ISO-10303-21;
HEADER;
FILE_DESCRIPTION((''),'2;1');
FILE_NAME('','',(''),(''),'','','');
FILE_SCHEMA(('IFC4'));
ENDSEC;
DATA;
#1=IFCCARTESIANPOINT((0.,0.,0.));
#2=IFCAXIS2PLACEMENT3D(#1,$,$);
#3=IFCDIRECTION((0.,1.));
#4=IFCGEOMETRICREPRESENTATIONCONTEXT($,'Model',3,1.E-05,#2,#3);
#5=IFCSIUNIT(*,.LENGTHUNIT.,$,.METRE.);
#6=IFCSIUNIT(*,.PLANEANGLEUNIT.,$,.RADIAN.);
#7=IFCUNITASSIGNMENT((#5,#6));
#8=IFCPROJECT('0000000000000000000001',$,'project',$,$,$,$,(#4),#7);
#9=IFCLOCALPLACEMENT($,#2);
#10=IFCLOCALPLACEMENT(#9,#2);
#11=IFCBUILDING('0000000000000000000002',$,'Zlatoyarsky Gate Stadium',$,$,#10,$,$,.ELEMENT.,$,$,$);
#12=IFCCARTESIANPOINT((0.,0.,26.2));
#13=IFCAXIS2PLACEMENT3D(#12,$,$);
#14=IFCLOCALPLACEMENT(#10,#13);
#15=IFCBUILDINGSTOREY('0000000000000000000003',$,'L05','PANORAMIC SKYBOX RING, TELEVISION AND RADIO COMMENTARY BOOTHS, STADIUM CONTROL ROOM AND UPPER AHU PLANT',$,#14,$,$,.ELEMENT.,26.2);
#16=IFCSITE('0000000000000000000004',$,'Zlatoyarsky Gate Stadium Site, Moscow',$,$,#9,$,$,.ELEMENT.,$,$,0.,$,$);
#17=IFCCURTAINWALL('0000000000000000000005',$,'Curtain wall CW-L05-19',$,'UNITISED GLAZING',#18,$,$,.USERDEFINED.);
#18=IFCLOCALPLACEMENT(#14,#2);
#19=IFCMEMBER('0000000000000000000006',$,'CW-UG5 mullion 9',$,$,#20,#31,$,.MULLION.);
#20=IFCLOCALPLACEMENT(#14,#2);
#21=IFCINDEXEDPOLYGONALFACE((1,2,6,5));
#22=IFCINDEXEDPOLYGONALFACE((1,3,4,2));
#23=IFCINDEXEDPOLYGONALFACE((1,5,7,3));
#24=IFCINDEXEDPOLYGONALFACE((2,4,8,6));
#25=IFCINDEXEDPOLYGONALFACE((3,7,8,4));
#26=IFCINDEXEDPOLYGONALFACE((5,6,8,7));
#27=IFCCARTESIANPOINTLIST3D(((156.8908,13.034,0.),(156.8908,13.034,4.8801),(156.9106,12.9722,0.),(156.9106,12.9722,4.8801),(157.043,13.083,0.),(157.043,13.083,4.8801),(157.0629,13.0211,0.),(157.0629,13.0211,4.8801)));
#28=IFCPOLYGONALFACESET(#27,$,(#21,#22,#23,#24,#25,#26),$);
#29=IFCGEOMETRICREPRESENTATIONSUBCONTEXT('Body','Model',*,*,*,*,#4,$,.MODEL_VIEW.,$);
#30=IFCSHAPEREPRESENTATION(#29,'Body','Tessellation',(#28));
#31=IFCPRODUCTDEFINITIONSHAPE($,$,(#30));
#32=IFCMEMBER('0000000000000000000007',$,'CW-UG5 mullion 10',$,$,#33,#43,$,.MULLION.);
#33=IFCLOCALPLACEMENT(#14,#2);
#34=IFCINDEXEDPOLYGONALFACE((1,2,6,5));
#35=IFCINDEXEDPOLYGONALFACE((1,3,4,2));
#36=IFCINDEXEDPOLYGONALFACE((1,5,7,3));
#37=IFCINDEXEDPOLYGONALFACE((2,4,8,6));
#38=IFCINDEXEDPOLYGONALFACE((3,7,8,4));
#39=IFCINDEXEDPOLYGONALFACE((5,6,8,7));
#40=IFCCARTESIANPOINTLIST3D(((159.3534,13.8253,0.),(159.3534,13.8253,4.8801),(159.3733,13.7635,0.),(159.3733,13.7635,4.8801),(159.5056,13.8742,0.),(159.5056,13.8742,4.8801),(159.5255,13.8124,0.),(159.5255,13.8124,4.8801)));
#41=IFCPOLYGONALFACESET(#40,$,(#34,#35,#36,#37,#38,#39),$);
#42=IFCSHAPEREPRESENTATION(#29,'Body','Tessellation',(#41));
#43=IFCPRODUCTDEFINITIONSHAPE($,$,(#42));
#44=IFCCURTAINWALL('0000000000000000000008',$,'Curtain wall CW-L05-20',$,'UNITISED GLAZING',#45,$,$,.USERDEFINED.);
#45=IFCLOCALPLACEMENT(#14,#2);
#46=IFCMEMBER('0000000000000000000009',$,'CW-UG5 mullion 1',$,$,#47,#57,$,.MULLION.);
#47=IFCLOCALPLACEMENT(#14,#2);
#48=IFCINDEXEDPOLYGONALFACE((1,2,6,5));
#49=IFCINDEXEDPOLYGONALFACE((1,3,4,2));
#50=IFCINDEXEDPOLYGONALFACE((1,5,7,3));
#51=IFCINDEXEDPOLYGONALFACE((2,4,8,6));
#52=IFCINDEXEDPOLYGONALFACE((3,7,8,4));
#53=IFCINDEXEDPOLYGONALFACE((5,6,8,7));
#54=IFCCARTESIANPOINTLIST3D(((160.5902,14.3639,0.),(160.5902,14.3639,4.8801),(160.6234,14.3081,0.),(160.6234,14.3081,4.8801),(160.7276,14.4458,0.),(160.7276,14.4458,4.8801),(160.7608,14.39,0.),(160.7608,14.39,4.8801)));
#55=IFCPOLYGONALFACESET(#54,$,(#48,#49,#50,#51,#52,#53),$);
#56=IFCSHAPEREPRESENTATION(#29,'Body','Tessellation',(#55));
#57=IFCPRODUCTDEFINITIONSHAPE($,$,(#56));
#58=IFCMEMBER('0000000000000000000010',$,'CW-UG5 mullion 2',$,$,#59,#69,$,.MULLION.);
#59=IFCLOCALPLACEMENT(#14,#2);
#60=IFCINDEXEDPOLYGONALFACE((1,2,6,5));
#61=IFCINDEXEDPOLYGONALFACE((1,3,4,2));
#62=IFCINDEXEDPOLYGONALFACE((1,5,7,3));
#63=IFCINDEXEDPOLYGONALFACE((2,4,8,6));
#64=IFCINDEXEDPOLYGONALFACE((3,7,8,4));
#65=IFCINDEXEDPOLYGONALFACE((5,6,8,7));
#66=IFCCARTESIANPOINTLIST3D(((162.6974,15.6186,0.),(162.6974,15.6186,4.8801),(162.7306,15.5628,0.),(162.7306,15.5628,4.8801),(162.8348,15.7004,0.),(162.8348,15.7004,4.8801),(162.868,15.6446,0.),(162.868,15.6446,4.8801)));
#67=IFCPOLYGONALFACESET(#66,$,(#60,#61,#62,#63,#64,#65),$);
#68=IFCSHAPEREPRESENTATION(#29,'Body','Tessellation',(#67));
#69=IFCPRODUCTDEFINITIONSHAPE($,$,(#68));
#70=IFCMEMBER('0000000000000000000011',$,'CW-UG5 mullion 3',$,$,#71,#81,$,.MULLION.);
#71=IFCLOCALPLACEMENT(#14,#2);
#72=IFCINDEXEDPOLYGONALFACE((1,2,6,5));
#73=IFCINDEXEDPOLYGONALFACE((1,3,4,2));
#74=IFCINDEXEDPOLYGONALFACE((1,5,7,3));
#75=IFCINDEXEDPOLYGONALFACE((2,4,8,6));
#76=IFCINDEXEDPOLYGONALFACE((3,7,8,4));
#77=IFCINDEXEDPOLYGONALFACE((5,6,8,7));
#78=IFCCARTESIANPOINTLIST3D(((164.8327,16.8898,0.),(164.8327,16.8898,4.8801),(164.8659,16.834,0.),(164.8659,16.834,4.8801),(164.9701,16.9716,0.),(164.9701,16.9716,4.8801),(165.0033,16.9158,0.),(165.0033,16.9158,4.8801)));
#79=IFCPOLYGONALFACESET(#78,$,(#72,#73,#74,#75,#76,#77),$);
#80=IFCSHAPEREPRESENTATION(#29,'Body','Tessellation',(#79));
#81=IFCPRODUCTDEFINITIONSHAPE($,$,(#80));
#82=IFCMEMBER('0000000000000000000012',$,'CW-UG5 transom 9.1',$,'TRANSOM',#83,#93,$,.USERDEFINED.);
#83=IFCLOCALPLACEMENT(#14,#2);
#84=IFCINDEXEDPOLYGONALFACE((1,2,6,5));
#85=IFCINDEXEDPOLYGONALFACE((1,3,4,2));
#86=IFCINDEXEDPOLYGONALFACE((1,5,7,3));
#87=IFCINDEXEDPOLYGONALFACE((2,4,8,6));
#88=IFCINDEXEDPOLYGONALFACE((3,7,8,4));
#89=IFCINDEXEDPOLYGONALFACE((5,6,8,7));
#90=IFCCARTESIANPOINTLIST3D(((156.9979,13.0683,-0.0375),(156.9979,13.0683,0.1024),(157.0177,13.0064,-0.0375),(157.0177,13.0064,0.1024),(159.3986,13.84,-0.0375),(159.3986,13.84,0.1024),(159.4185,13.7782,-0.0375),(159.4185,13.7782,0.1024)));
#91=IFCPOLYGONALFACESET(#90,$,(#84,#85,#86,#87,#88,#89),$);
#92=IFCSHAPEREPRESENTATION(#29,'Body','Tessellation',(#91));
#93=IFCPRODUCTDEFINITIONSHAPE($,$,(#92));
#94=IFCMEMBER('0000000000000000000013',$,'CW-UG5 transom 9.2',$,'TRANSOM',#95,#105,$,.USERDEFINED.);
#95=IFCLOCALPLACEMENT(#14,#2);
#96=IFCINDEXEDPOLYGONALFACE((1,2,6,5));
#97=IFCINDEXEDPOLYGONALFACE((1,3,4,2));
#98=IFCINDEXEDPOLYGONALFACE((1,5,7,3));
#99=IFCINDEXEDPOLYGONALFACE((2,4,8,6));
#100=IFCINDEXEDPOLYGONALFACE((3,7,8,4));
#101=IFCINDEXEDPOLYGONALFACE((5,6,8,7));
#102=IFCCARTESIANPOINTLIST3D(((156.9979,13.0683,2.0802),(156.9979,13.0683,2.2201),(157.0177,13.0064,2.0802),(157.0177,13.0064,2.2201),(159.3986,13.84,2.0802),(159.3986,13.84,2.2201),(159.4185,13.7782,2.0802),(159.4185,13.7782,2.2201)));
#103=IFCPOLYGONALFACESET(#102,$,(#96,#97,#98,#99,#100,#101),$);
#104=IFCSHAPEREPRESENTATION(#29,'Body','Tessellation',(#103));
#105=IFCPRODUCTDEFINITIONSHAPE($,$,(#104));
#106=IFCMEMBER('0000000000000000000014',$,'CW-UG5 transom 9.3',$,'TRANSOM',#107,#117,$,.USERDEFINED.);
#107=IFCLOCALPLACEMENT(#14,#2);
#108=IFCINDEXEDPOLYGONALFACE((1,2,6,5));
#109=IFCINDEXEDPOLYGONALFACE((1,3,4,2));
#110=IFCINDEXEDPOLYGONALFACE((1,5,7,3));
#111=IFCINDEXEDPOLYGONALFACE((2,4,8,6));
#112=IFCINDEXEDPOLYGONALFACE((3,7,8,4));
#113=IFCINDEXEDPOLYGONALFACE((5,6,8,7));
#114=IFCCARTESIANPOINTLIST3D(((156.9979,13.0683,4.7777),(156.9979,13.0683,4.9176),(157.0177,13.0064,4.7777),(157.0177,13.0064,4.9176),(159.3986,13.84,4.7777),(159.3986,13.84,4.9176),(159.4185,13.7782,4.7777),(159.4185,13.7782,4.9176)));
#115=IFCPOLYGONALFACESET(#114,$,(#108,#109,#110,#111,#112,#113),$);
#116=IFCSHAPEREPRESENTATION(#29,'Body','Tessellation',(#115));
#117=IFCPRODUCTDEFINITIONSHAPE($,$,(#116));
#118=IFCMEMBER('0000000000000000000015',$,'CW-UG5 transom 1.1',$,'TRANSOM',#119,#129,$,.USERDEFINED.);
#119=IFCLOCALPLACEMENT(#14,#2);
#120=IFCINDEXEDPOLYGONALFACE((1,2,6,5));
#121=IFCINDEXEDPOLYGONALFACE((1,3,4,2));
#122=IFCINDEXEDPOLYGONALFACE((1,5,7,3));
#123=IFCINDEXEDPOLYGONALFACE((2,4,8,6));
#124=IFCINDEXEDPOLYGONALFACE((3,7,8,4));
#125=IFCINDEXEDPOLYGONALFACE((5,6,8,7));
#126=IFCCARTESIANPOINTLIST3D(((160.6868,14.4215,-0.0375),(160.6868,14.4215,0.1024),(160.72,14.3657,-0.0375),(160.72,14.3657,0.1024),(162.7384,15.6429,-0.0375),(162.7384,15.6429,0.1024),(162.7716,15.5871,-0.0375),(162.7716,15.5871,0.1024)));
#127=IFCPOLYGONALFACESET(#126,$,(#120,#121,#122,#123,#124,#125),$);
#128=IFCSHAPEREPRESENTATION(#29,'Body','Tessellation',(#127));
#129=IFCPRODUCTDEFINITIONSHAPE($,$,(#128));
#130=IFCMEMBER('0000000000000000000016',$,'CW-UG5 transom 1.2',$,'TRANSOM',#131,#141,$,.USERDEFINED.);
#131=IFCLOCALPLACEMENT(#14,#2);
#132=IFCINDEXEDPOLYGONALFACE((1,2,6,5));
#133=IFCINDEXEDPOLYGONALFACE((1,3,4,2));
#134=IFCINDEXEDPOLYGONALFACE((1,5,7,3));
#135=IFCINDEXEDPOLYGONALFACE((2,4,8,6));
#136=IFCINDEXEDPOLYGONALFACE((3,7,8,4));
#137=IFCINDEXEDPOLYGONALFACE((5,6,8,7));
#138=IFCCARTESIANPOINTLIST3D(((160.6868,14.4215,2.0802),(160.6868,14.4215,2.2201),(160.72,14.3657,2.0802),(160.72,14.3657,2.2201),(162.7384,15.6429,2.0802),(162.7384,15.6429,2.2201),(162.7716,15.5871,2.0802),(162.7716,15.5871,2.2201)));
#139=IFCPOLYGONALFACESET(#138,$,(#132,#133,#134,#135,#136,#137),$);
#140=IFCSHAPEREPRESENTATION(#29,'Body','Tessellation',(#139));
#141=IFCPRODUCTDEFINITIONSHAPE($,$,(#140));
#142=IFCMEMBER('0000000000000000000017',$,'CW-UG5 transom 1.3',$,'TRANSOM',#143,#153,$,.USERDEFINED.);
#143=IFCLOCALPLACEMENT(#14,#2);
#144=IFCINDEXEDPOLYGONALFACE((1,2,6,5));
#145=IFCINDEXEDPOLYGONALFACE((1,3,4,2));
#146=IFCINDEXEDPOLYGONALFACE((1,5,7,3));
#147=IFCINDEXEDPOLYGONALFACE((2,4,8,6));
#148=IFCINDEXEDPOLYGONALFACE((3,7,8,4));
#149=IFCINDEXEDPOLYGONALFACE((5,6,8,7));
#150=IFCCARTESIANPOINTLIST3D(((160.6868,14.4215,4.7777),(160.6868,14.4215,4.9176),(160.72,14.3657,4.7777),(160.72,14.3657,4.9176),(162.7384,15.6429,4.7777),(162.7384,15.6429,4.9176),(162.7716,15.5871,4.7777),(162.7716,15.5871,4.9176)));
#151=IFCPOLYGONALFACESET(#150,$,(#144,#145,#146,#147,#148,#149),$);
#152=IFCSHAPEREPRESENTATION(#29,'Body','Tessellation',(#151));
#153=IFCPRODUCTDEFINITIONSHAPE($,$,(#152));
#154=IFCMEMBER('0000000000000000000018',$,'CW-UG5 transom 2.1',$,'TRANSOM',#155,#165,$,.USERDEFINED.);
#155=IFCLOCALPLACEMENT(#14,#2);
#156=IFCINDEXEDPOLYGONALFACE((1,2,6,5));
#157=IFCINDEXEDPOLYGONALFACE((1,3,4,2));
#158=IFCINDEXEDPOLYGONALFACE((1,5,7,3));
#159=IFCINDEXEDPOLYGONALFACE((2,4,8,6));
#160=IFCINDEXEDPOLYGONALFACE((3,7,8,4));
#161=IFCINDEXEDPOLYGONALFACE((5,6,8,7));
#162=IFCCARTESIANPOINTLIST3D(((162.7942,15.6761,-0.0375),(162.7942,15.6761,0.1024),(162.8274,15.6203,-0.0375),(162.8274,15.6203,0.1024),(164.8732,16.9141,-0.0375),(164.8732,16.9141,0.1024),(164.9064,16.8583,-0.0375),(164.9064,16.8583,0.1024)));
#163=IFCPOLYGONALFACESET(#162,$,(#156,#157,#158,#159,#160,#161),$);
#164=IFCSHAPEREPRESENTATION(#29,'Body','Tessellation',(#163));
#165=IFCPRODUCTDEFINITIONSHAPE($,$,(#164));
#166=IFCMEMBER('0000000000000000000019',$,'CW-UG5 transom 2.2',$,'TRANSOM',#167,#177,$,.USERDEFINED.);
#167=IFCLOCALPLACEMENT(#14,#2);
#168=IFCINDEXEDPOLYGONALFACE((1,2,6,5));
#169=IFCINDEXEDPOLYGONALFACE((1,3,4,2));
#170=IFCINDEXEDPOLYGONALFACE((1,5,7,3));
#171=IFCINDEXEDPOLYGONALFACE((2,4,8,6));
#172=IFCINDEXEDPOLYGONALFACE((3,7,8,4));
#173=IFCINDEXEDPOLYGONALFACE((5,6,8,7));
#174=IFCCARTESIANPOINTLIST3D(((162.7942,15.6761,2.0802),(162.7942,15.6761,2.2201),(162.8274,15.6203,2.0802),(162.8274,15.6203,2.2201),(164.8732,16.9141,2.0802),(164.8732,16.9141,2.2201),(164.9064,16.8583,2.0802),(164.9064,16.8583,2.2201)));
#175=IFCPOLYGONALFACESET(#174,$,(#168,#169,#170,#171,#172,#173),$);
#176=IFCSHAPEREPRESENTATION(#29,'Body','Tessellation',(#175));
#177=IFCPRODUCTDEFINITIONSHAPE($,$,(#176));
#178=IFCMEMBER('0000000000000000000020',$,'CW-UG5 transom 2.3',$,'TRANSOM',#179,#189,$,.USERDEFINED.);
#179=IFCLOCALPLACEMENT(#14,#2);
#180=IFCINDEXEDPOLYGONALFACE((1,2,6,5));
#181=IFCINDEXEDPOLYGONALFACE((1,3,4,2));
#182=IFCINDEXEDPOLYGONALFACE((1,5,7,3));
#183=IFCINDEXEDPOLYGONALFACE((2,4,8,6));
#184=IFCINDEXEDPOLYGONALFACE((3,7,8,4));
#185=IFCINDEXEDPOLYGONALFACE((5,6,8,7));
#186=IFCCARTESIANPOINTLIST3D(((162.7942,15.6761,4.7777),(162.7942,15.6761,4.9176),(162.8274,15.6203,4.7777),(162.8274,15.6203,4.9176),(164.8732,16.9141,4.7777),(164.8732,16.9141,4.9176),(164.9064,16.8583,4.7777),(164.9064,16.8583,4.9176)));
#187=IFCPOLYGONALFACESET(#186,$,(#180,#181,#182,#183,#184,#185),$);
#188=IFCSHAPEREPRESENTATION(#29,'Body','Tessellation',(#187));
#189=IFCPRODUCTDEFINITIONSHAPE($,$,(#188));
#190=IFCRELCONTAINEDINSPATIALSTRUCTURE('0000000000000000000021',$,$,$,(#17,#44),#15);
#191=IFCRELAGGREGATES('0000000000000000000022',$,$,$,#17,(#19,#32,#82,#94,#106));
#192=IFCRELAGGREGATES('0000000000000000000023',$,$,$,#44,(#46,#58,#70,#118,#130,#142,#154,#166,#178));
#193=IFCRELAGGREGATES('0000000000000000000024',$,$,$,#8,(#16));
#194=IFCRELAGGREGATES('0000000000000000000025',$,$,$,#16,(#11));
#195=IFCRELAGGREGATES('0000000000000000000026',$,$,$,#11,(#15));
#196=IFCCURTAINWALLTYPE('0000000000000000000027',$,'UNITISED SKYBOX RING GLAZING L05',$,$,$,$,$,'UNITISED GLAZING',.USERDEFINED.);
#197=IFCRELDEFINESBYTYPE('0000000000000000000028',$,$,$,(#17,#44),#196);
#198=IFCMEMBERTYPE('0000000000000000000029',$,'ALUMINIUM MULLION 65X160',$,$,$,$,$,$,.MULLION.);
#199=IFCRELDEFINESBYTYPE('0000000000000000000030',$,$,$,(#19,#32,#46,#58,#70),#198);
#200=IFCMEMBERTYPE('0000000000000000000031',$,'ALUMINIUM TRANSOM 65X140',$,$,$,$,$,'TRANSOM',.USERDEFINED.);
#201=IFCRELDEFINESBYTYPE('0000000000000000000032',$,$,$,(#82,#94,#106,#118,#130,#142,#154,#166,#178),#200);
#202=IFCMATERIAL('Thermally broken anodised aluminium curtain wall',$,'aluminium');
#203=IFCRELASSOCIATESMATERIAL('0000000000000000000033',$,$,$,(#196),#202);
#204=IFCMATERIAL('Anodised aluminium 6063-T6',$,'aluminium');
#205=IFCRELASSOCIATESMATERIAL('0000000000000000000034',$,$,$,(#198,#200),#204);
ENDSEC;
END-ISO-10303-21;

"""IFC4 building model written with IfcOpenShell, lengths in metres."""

from ifc_helpers import new_model, si_unit, direction, frame, origin, origin_2d, place, context, subcontext, project, spatial, rectangle, extrude, material, material_profile, profile_set, type_object, element, aggregate, save


model = new_model("IFC4")

# Units and contexts
model_context = context("Model", 3, precision=1e-05, world=origin(), true_north=direction((0.0, 1.0)))
body_context = subcontext(model_context, "Body", "Model", "MODEL_VIEW")
ifc_project = project(units=[si_unit("LENGTHUNIT", "METRE"), si_unit("PLANEANGLEUNIT", "RADIAN")], contexts=[model_context])

# Site, building, storey
site_placement = place(None, origin())
site = spatial("IfcSite", under=ifc_project, at=site_placement, Name="Zlatoyarsky Gate Stadium Site, Moscow", CompositionType="ELEMENT", RefElevation=0.0)
building_placement = place(site_placement, origin())
building = spatial("IfcBuilding", under=site, at=building_placement, Name="Zlatoyarsky Gate Stadium", CompositionType="ELEMENT")
storey_placement = place(building_placement, frame((0.0, 0.0, 26.2)))
storey = spatial("IfcBuildingStorey", under=building, at=storey_placement, Name="L05", Description="PANORAMIC SKYBOX RING, TELEVISION AND RADIO COMMENTARY BOOTHS, STADIUM CONTROL ROOM AND UPPER AHU PLANT", CompositionType="ELEMENT", Elevation=26.2)

# Curtain walls, members
ifc_material_1 = material(Name="Thermally broken anodised aluminium curtain wall", Category="aluminium")
curtain_wall_type = type_object("IfcCurtainWallType", Name="UNITISED SKYBOX RING GLAZING L05", ElementType="UNITISED GLAZING", PredefinedType="USERDEFINED", material=ifc_material_1)
curtain_wall_1_placement = place(storey_placement, origin())
curtain_wall_1 = element("IfcCurtainWall", 1, at=curtain_wall_1_placement, inside=storey, type_object=curtain_wall_type, Name="Curtain wall CW-L05-19", ObjectType="UNITISED GLAZING", PredefinedType="USERDEFINED")
ifc_material_2 = material(Name="Anodised aluminium 6063-T6", Category="aluminium")
ifc_material_profile_1 = material_profile(ifc_material_2, rectangle(XDim=0.0649, YDim=0.1599, at=origin_2d()), Name="ALU 65X160")
ifc_profile_set_1 = profile_set([ifc_material_profile_1], Name="Anodised aluminium 6063-T6")
member_type_1 = type_object("IfcMemberType", Name="ALUMINIUM MULLION 65X160", PredefinedType="MULLION", material=ifc_profile_set_1)
member_1_placement = place(storey_placement, frame((156.9768, 13.0276, 0.0), z_axis=(0.0, 0.0, 1.0), x_axis=(-0.305978, 0.952039, 0.0)))
member_1 = element("IfcMember", 2, at=member_1_placement, type_object=member_type_1, Name="CW-UG5 mullion 9", PredefinedType="MULLION", context=body_context, shape_type="SweptSolid", body=[
    extrude(rectangle(XDim=0.0649, YDim=0.1599, at=origin_2d()), origin(), (0.0, 0.0, 1.0), 4.8801),
])
member_2_placement = place(storey_placement, frame((159.4395, 13.8188, 0.0), z_axis=(0.0, 0.0, 1.0), x_axis=(-0.305978, 0.952039, 0.0)))
member_2 = element("IfcMember", 3, at=member_2_placement, type_object=member_type_1, Name="CW-UG5 mullion 10", PredefinedType="MULLION", context=body_context, shape_type="SweptSolid", body=[
    extrude(rectangle(XDim=0.0649, YDim=0.1599, at=origin_2d()), origin(), (0.0, 0.0, 1.0), 4.8801),
])
curtain_wall_2_placement = place(storey_placement, origin())
curtain_wall_2 = element("IfcCurtainWall", 4, at=curtain_wall_2_placement, inside=storey, type_object=curtain_wall_type, Name="Curtain wall CW-L05-20", ObjectType="UNITISED GLAZING", PredefinedType="USERDEFINED")
member_3_placement = place(storey_placement, frame((160.6755, 14.377, 0.0), z_axis=(0.0, 0.0, 1.0), x_axis=(-0.511577, 0.859237, 0.0)))
member_3 = element("IfcMember", 5, at=member_3_placement, type_object=member_type_1, Name="CW-UG5 mullion 1", PredefinedType="MULLION", context=body_context, shape_type="SweptSolid", body=[
    extrude(rectangle(XDim=0.0649, YDim=0.1599, at=origin_2d()), origin(), (0.0, 0.0, 1.0), 4.8801),
])
member_4_placement = place(storey_placement, frame((162.7827, 15.6316, 0.0), z_axis=(0.0, 0.0, 1.0), x_axis=(-0.511577, 0.859237, 0.0)))
member_4 = element("IfcMember", 6, at=member_4_placement, type_object=member_type_1, Name="CW-UG5 mullion 2", PredefinedType="MULLION", context=body_context, shape_type="SweptSolid", body=[
    extrude(rectangle(XDim=0.0649, YDim=0.1599, at=origin_2d()), origin(), (0.0, 0.0, 1.0), 4.8801),
])
member_5_placement = place(storey_placement, frame((164.918, 16.9028, 0.0), z_axis=(0.0, 0.0, 1.0), x_axis=(-0.511577, 0.859237, 0.0)))
member_5 = element("IfcMember", 7, at=member_5_placement, type_object=member_type_1, Name="CW-UG5 mullion 3", PredefinedType="MULLION", context=body_context, shape_type="SweptSolid", body=[
    extrude(rectangle(XDim=0.0649, YDim=0.1599, at=origin_2d()), origin(), (0.0, 0.0, 1.0), 4.8801),
])

# Members
ifc_material_profile_2 = material_profile(ifc_material_2, rectangle(XDim=0.0649, YDim=0.1399, at=origin_2d()), Name="ALU 65X140")
ifc_profile_set_2 = profile_set([ifc_material_profile_2], Name="Anodised aluminium 6063-T6")
member_type_2 = type_object("IfcMemberType", Name="ALUMINIUM TRANSOM 65X140", ElementType="TRANSOM", PredefinedType="USERDEFINED", material=ifc_profile_set_2)
member_6_placement = place(storey_placement, frame((157.0078, 13.0374, 0.0325), z_axis=(0.952017, 0.306044, 0.0), x_axis=(-0.306044, 0.952017, 0.0)))
member_6 = element("IfcMember", 8, at=member_6_placement, type_object=member_type_2, Name="CW-UG5 transom 9.1", ObjectType="TRANSOM", PredefinedType="USERDEFINED", context=body_context, shape_type="SweptSolid", body=[
    extrude(rectangle(XDim=0.0649, YDim=0.1399, at=origin_2d()), origin(), (0.0, 0.0, 1.0), 2.5217),
])
member_7_placement = place(storey_placement, frame((157.0078, 13.0374, 2.1501), z_axis=(0.952017, 0.306044, 0.0), x_axis=(-0.306044, 0.952017, 0.0)))
member_7 = element("IfcMember", 9, at=member_7_placement, type_object=member_type_2, Name="CW-UG5 transom 9.2", ObjectType="TRANSOM", PredefinedType="USERDEFINED", context=body_context, shape_type="SweptSolid", body=[
    extrude(rectangle(XDim=0.0649, YDim=0.1399, at=origin_2d()), origin(), (0.0, 0.0, 1.0), 2.5217),
])
member_8_placement = place(storey_placement, frame((157.0078, 13.0374, 4.8477), z_axis=(0.952017, 0.306044, 0.0), x_axis=(-0.306044, 0.952017, 0.0)))
member_8 = element("IfcMember", 10, at=member_8_placement, type_object=member_type_2, Name="CW-UG5 transom 9.3", ObjectType="TRANSOM", PredefinedType="USERDEFINED", context=body_context, shape_type="SweptSolid", body=[
    extrude(rectangle(XDim=0.0649, YDim=0.1399, at=origin_2d()), origin(), (0.0, 0.0, 1.0), 2.5217),
])
member_9_placement = place(storey_placement, frame((160.7034, 14.3936, 0.0325), z_axis=(0.859238, 0.511576, 0.0), x_axis=(-0.511576, 0.859238, 0.0)))
member_9 = element("IfcMember", 11, at=member_9_placement, type_object=member_type_2, Name="CW-UG5 transom 1.1", ObjectType="TRANSOM", PredefinedType="USERDEFINED", context=body_context, shape_type="SweptSolid", body=[
    extrude(rectangle(XDim=0.0649, YDim=0.1399, at=origin_2d()), origin(), (0.0, 0.0, 1.0), 2.3877),
])
member_10_placement = place(storey_placement, frame((160.7034, 14.3936, 2.1501), z_axis=(0.859238, 0.511576, 0.0), x_axis=(-0.511576, 0.859238, 0.0)))
member_10 = element("IfcMember", 12, at=member_10_placement, type_object=member_type_2, Name="CW-UG5 transom 1.2", ObjectType="TRANSOM", PredefinedType="USERDEFINED", context=body_context, shape_type="SweptSolid", body=[
    extrude(rectangle(XDim=0.0649, YDim=0.1399, at=origin_2d()), origin(), (0.0, 0.0, 1.0), 2.3877),
])
member_11_placement = place(storey_placement, frame((160.7034, 14.3936, 4.8477), z_axis=(0.859238, 0.511576, 0.0), x_axis=(-0.511576, 0.859238, 0.0)))
member_11 = element("IfcMember", 13, at=member_11_placement, type_object=member_type_2, Name="CW-UG5 transom 1.3", ObjectType="TRANSOM", PredefinedType="USERDEFINED", context=body_context, shape_type="SweptSolid", body=[
    extrude(rectangle(XDim=0.0649, YDim=0.1399, at=origin_2d()), origin(), (0.0, 0.0, 1.0), 2.3877),
])
member_12_placement = place(storey_placement, frame((162.8108, 15.6482, 0.0325), z_axis=(0.859206, 0.511629, 0.0), x_axis=(-0.511629, 0.859206, 0.0)))
member_12 = element("IfcMember", 14, at=member_12_placement, type_object=member_type_2, Name="CW-UG5 transom 2.1", ObjectType="TRANSOM", PredefinedType="USERDEFINED", context=body_context, shape_type="SweptSolid", body=[
    extrude(rectangle(XDim=0.0649, YDim=0.1399, at=origin_2d()), origin(), (0.0, 0.0, 1.0), 2.4197),
])
member_13_placement = place(storey_placement, frame((162.8108, 15.6482, 2.1501), z_axis=(0.859206, 0.511629, 0.0), x_axis=(-0.511629, 0.859206, 0.0)))
member_13 = element("IfcMember", 15, at=member_13_placement, type_object=member_type_2, Name="CW-UG5 transom 2.2", ObjectType="TRANSOM", PredefinedType="USERDEFINED", context=body_context, shape_type="SweptSolid", body=[
    extrude(rectangle(XDim=0.0649, YDim=0.1399, at=origin_2d()), origin(), (0.0, 0.0, 1.0), 2.4197),
])
member_14_placement = place(storey_placement, frame((162.8108, 15.6482, 4.8477), z_axis=(0.859206, 0.511629, 0.0), x_axis=(-0.511629, 0.859206, 0.0)))
member_14 = element("IfcMember", 16, at=member_14_placement, type_object=member_type_2, Name="CW-UG5 transom 2.3", ObjectType="TRANSOM", PredefinedType="USERDEFINED", context=body_context, shape_type="SweptSolid", body=[
    extrude(rectangle(XDim=0.0649, YDim=0.1399, at=origin_2d()), origin(), (0.0, 0.0, 1.0), 2.4197),
])

aggregate(curtain_wall_1, [member_1, member_2, member_6, member_7, member_8])
aggregate(curtain_wall_2, [member_3, member_4, member_5, member_9, member_10, member_11, member_12, member_13, member_14])

save(model, "model.ifc")
